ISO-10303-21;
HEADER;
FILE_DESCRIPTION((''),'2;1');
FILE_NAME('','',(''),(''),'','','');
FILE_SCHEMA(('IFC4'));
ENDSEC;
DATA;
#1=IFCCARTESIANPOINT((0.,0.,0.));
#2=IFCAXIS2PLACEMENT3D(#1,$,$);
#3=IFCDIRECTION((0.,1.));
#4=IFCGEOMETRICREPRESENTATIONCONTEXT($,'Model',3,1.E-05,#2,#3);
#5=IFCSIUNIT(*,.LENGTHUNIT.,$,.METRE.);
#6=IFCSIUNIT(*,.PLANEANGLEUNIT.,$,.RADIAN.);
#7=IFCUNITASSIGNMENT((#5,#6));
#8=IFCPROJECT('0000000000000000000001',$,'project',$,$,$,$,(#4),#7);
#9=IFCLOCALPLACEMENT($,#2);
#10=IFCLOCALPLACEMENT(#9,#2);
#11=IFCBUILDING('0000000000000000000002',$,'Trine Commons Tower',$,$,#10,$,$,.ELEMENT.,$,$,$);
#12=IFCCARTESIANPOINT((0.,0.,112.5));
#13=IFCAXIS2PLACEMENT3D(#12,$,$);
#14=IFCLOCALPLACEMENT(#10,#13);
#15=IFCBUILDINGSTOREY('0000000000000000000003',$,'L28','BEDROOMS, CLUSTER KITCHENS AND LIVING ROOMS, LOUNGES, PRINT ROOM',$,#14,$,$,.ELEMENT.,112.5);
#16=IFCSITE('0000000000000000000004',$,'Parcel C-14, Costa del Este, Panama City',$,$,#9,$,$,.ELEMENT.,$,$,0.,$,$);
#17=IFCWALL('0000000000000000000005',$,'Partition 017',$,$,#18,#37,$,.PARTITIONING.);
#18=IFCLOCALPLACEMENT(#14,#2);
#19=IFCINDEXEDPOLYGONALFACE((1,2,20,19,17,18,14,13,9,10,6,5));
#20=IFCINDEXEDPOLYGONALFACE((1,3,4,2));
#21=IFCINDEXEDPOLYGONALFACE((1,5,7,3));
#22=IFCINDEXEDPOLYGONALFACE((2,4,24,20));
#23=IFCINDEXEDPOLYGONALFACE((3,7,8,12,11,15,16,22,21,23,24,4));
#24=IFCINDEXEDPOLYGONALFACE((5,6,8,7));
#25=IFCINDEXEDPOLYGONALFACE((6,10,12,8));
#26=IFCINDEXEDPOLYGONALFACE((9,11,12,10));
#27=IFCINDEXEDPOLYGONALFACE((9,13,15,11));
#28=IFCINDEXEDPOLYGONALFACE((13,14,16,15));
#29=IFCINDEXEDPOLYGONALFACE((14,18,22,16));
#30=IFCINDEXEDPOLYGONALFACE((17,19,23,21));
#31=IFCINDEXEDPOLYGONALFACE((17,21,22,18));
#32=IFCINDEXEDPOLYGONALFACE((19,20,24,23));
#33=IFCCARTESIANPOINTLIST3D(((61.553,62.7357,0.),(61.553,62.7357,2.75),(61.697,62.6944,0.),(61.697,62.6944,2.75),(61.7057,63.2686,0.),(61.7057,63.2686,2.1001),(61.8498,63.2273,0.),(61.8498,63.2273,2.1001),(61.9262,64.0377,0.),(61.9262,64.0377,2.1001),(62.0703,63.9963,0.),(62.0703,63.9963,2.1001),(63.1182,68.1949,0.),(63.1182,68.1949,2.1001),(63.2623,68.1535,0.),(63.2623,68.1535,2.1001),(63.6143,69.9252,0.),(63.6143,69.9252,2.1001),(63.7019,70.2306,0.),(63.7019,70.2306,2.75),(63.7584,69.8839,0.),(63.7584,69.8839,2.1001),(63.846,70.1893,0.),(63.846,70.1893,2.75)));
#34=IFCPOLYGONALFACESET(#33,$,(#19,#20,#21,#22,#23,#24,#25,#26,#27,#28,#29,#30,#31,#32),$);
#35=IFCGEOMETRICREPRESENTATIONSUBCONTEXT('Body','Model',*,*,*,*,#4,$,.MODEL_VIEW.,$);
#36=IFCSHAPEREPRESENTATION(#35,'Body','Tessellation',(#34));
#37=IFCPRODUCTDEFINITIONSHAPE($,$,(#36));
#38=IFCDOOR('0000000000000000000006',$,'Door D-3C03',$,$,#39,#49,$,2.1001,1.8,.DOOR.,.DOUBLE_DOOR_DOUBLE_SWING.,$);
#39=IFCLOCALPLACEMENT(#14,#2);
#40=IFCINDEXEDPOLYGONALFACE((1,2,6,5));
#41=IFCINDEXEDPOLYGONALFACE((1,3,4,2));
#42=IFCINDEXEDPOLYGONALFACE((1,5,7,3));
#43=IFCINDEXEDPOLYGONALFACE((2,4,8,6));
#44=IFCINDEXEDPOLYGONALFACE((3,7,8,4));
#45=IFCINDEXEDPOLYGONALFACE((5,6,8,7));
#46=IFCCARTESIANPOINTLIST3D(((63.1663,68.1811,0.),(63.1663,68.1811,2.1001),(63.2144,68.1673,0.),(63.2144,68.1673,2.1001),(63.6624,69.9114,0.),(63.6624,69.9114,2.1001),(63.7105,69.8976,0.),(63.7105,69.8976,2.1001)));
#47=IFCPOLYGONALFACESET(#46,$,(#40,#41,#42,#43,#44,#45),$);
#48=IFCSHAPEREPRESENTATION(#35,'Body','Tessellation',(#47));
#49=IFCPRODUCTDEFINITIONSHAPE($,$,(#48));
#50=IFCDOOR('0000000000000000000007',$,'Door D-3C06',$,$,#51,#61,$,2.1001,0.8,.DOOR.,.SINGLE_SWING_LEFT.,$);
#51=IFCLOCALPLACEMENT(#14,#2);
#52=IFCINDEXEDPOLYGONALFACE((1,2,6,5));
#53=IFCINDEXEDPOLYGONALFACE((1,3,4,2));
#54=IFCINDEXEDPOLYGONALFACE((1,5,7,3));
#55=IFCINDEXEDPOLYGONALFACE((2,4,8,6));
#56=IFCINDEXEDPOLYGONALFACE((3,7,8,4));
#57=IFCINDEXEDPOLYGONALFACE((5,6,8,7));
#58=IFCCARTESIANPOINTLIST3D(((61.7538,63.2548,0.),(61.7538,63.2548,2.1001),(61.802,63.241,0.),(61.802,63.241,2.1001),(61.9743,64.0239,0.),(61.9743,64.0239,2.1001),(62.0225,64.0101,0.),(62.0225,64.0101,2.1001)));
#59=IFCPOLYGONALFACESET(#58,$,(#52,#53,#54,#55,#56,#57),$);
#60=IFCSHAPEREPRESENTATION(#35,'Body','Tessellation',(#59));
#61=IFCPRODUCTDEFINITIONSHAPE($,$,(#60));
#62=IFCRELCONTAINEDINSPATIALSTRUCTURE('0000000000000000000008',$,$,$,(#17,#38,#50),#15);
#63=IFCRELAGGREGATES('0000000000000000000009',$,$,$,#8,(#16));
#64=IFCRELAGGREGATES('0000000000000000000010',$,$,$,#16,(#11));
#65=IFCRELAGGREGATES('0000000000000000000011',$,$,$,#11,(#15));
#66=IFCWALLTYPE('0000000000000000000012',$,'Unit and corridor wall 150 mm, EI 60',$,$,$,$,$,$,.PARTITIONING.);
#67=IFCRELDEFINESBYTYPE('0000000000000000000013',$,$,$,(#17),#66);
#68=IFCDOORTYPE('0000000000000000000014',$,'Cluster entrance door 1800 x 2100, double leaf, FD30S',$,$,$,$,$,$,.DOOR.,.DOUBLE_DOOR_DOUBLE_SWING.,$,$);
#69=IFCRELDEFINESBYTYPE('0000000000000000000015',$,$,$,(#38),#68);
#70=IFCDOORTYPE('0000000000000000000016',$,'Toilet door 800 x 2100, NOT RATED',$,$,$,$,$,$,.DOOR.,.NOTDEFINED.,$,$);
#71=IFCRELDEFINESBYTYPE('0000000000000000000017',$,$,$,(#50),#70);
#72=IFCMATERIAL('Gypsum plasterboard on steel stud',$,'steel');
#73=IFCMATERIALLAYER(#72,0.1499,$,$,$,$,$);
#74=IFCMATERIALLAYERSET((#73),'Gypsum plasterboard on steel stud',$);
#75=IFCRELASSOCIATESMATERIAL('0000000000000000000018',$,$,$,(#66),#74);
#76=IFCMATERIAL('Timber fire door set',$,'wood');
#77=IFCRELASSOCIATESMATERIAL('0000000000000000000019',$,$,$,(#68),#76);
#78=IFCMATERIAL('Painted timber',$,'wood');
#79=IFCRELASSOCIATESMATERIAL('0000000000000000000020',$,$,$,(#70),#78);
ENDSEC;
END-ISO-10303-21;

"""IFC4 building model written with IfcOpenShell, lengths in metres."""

from ifc_helpers import new_model, si_unit, direction, frame, frame_2d, origin, place, context, subcontext, project, spatial, rectangle, extrude, material, layer, layer_set, type_object, element, fill, save


model = new_model("IFC4")

# Units and contexts
model_context = context("Model", 3, precision=1e-05, world=origin(), true_north=direction((0.0, 1.0)))
body_context = subcontext(model_context, "Body", "Model", "MODEL_VIEW")
ifc_project = project(units=[si_unit("LENGTHUNIT", "METRE"), si_unit("PLANEANGLEUNIT", "RADIAN")], contexts=[model_context])

# Site, building, storey
site_placement = place(None, origin())
site = spatial("IfcSite", under=ifc_project, at=site_placement, Name="Parcel C-14, Costa del Este, Panama City", CompositionType="ELEMENT", RefElevation=0.0)
building_placement = place(site_placement, origin())
building = spatial("IfcBuilding", under=site, at=building_placement, Name="Trine Commons Tower", CompositionType="ELEMENT")
storey_placement = place(building_placement, frame((0.0, 0.0, 112.5)))
storey = spatial("IfcBuildingStorey", under=building, at=storey_placement, Name="L28", Description="BEDROOMS, CLUSTER KITCHENS AND LIVING ROOMS, LOUNGES, PRINT ROOM", CompositionType="ELEMENT", Elevation=112.5)

# Shared definitions
ifc_material_1 = material(Name="Gypsum plasterboard on steel stud", Category="steel")
ifc_layer = layer(ifc_material_1, 0.1499)
ifc_layer_set = layer_set([ifc_layer], Name="Gypsum plasterboard on steel stud")
wall_type = type_object("IfcWallType", Name="Unit and corridor wall 150 mm, EI 60", PredefinedType="PARTITIONING", material=ifc_layer_set)

# Wall, openings, doors
wall_1_placement = place(storey_placement, frame((61.625, 62.7151, 0.0), z_axis=(0.0, 0.0, 1.0), x_axis=(0.275614, 0.961268, 0.0)))
wall_1 = element("IfcWall", 1, at=wall_1_placement, inside=storey, type_object=wall_type, Name="Partition 017", PredefinedType="PARTITIONING", context=body_context, shape_type="SweptSolid", body=[
    extrude(rectangle(XDim=7.7969, YDim=0.1499, at=frame_2d((3.8984, 0.0))), origin(), (0.0, 0.0, 1.0), 2.75),
])
opening_1_placement = place(wall_1_placement, frame((5.6792, 0.0, 0.0)))
opening_1 = element("IfcOpeningElement", 2, at=opening_1_placement, cuts=wall_1, PredefinedType="OPENING", context=body_context, shape_type="SweptSolid", body=[
    extrude(rectangle(XDim=1.8, YDim=2.1001, at=frame_2d((0.8999, 1.05))), frame((0.0, 0.085, 0.0), z_axis=(0.0, -1.0, 0.0), x_axis=(1.0, 0.0, 0.0)), (0.0, 0.0, 1.0), 0.1699),
])
opening_2_placement = place(wall_1_placement, frame((0.5544, 0.0, 0.0)))
opening_2 = element("IfcOpeningElement", 3, at=opening_2_placement, cuts=wall_1, PredefinedType="OPENING", context=body_context, shape_type="SweptSolid", body=[
    extrude(rectangle(XDim=0.8, YDim=2.1001, at=frame_2d((0.3999, 1.05))), frame((0.0, 0.085, 0.0), z_axis=(0.0, -1.0, 0.0), x_axis=(1.0, 0.0, 0.0)), (0.0, 0.0, 1.0), 0.1699),
])
ifc_material_2 = material(Name="Timber fire door set", Category="wood")
door_type_1 = type_object("IfcDoorType", Name="Cluster entrance door 1800 x 2100, double leaf, FD30S", OperationType="DOUBLE_DOOR_DOUBLE_SWING", PredefinedType="DOOR", material=ifc_material_2)
door_1_placement = place(opening_1_placement, origin())
door_1 = element("IfcDoor", 4, at=door_1_placement, inside=storey, type_object=door_type_1, Name="Door D-3C03", OperationType="DOUBLE_DOOR_DOUBLE_SWING", OverallHeight=2.1001, OverallWidth=1.8, PredefinedType="DOOR", context=body_context, shape_type="SweptSolid", body=[
    extrude(rectangle(XDim=1.8, YDim=2.1001, at=frame_2d((0.8999, 1.05))), frame((0.0, 0.0249, 0.0), z_axis=(0.0, -1.0, 0.0), x_axis=(1.0, 0.0, 0.0)), (0.0, 0.0, 1.0), 0.05),
])
fill(opening_1, door_1)
ifc_material_3 = material(Name="Painted timber", Category="wood")
door_type_2 = type_object("IfcDoorType", Name="Toilet door 800 x 2100, NOT RATED", OperationType="NOTDEFINED", PredefinedType="DOOR", material=ifc_material_3)
door_2_placement = place(opening_2_placement, origin())
door_2 = element("IfcDoor", 5, at=door_2_placement, inside=storey, type_object=door_type_2, Name="Door D-3C06", OperationType="SINGLE_SWING_LEFT", OverallHeight=2.1001, OverallWidth=0.8, PredefinedType="DOOR", context=body_context, shape_type="SweptSolid", body=[
    extrude(rectangle(XDim=0.8, YDim=2.1001, at=frame_2d((0.3999, 1.05))), frame((0.0, 0.0249, 0.0), z_axis=(0.0, -1.0, 0.0), x_axis=(1.0, 0.0, 0.0)), (0.0, 0.0, 1.0), 0.05),
])
fill(opening_2, door_2)

save(model, "model.ifc")
